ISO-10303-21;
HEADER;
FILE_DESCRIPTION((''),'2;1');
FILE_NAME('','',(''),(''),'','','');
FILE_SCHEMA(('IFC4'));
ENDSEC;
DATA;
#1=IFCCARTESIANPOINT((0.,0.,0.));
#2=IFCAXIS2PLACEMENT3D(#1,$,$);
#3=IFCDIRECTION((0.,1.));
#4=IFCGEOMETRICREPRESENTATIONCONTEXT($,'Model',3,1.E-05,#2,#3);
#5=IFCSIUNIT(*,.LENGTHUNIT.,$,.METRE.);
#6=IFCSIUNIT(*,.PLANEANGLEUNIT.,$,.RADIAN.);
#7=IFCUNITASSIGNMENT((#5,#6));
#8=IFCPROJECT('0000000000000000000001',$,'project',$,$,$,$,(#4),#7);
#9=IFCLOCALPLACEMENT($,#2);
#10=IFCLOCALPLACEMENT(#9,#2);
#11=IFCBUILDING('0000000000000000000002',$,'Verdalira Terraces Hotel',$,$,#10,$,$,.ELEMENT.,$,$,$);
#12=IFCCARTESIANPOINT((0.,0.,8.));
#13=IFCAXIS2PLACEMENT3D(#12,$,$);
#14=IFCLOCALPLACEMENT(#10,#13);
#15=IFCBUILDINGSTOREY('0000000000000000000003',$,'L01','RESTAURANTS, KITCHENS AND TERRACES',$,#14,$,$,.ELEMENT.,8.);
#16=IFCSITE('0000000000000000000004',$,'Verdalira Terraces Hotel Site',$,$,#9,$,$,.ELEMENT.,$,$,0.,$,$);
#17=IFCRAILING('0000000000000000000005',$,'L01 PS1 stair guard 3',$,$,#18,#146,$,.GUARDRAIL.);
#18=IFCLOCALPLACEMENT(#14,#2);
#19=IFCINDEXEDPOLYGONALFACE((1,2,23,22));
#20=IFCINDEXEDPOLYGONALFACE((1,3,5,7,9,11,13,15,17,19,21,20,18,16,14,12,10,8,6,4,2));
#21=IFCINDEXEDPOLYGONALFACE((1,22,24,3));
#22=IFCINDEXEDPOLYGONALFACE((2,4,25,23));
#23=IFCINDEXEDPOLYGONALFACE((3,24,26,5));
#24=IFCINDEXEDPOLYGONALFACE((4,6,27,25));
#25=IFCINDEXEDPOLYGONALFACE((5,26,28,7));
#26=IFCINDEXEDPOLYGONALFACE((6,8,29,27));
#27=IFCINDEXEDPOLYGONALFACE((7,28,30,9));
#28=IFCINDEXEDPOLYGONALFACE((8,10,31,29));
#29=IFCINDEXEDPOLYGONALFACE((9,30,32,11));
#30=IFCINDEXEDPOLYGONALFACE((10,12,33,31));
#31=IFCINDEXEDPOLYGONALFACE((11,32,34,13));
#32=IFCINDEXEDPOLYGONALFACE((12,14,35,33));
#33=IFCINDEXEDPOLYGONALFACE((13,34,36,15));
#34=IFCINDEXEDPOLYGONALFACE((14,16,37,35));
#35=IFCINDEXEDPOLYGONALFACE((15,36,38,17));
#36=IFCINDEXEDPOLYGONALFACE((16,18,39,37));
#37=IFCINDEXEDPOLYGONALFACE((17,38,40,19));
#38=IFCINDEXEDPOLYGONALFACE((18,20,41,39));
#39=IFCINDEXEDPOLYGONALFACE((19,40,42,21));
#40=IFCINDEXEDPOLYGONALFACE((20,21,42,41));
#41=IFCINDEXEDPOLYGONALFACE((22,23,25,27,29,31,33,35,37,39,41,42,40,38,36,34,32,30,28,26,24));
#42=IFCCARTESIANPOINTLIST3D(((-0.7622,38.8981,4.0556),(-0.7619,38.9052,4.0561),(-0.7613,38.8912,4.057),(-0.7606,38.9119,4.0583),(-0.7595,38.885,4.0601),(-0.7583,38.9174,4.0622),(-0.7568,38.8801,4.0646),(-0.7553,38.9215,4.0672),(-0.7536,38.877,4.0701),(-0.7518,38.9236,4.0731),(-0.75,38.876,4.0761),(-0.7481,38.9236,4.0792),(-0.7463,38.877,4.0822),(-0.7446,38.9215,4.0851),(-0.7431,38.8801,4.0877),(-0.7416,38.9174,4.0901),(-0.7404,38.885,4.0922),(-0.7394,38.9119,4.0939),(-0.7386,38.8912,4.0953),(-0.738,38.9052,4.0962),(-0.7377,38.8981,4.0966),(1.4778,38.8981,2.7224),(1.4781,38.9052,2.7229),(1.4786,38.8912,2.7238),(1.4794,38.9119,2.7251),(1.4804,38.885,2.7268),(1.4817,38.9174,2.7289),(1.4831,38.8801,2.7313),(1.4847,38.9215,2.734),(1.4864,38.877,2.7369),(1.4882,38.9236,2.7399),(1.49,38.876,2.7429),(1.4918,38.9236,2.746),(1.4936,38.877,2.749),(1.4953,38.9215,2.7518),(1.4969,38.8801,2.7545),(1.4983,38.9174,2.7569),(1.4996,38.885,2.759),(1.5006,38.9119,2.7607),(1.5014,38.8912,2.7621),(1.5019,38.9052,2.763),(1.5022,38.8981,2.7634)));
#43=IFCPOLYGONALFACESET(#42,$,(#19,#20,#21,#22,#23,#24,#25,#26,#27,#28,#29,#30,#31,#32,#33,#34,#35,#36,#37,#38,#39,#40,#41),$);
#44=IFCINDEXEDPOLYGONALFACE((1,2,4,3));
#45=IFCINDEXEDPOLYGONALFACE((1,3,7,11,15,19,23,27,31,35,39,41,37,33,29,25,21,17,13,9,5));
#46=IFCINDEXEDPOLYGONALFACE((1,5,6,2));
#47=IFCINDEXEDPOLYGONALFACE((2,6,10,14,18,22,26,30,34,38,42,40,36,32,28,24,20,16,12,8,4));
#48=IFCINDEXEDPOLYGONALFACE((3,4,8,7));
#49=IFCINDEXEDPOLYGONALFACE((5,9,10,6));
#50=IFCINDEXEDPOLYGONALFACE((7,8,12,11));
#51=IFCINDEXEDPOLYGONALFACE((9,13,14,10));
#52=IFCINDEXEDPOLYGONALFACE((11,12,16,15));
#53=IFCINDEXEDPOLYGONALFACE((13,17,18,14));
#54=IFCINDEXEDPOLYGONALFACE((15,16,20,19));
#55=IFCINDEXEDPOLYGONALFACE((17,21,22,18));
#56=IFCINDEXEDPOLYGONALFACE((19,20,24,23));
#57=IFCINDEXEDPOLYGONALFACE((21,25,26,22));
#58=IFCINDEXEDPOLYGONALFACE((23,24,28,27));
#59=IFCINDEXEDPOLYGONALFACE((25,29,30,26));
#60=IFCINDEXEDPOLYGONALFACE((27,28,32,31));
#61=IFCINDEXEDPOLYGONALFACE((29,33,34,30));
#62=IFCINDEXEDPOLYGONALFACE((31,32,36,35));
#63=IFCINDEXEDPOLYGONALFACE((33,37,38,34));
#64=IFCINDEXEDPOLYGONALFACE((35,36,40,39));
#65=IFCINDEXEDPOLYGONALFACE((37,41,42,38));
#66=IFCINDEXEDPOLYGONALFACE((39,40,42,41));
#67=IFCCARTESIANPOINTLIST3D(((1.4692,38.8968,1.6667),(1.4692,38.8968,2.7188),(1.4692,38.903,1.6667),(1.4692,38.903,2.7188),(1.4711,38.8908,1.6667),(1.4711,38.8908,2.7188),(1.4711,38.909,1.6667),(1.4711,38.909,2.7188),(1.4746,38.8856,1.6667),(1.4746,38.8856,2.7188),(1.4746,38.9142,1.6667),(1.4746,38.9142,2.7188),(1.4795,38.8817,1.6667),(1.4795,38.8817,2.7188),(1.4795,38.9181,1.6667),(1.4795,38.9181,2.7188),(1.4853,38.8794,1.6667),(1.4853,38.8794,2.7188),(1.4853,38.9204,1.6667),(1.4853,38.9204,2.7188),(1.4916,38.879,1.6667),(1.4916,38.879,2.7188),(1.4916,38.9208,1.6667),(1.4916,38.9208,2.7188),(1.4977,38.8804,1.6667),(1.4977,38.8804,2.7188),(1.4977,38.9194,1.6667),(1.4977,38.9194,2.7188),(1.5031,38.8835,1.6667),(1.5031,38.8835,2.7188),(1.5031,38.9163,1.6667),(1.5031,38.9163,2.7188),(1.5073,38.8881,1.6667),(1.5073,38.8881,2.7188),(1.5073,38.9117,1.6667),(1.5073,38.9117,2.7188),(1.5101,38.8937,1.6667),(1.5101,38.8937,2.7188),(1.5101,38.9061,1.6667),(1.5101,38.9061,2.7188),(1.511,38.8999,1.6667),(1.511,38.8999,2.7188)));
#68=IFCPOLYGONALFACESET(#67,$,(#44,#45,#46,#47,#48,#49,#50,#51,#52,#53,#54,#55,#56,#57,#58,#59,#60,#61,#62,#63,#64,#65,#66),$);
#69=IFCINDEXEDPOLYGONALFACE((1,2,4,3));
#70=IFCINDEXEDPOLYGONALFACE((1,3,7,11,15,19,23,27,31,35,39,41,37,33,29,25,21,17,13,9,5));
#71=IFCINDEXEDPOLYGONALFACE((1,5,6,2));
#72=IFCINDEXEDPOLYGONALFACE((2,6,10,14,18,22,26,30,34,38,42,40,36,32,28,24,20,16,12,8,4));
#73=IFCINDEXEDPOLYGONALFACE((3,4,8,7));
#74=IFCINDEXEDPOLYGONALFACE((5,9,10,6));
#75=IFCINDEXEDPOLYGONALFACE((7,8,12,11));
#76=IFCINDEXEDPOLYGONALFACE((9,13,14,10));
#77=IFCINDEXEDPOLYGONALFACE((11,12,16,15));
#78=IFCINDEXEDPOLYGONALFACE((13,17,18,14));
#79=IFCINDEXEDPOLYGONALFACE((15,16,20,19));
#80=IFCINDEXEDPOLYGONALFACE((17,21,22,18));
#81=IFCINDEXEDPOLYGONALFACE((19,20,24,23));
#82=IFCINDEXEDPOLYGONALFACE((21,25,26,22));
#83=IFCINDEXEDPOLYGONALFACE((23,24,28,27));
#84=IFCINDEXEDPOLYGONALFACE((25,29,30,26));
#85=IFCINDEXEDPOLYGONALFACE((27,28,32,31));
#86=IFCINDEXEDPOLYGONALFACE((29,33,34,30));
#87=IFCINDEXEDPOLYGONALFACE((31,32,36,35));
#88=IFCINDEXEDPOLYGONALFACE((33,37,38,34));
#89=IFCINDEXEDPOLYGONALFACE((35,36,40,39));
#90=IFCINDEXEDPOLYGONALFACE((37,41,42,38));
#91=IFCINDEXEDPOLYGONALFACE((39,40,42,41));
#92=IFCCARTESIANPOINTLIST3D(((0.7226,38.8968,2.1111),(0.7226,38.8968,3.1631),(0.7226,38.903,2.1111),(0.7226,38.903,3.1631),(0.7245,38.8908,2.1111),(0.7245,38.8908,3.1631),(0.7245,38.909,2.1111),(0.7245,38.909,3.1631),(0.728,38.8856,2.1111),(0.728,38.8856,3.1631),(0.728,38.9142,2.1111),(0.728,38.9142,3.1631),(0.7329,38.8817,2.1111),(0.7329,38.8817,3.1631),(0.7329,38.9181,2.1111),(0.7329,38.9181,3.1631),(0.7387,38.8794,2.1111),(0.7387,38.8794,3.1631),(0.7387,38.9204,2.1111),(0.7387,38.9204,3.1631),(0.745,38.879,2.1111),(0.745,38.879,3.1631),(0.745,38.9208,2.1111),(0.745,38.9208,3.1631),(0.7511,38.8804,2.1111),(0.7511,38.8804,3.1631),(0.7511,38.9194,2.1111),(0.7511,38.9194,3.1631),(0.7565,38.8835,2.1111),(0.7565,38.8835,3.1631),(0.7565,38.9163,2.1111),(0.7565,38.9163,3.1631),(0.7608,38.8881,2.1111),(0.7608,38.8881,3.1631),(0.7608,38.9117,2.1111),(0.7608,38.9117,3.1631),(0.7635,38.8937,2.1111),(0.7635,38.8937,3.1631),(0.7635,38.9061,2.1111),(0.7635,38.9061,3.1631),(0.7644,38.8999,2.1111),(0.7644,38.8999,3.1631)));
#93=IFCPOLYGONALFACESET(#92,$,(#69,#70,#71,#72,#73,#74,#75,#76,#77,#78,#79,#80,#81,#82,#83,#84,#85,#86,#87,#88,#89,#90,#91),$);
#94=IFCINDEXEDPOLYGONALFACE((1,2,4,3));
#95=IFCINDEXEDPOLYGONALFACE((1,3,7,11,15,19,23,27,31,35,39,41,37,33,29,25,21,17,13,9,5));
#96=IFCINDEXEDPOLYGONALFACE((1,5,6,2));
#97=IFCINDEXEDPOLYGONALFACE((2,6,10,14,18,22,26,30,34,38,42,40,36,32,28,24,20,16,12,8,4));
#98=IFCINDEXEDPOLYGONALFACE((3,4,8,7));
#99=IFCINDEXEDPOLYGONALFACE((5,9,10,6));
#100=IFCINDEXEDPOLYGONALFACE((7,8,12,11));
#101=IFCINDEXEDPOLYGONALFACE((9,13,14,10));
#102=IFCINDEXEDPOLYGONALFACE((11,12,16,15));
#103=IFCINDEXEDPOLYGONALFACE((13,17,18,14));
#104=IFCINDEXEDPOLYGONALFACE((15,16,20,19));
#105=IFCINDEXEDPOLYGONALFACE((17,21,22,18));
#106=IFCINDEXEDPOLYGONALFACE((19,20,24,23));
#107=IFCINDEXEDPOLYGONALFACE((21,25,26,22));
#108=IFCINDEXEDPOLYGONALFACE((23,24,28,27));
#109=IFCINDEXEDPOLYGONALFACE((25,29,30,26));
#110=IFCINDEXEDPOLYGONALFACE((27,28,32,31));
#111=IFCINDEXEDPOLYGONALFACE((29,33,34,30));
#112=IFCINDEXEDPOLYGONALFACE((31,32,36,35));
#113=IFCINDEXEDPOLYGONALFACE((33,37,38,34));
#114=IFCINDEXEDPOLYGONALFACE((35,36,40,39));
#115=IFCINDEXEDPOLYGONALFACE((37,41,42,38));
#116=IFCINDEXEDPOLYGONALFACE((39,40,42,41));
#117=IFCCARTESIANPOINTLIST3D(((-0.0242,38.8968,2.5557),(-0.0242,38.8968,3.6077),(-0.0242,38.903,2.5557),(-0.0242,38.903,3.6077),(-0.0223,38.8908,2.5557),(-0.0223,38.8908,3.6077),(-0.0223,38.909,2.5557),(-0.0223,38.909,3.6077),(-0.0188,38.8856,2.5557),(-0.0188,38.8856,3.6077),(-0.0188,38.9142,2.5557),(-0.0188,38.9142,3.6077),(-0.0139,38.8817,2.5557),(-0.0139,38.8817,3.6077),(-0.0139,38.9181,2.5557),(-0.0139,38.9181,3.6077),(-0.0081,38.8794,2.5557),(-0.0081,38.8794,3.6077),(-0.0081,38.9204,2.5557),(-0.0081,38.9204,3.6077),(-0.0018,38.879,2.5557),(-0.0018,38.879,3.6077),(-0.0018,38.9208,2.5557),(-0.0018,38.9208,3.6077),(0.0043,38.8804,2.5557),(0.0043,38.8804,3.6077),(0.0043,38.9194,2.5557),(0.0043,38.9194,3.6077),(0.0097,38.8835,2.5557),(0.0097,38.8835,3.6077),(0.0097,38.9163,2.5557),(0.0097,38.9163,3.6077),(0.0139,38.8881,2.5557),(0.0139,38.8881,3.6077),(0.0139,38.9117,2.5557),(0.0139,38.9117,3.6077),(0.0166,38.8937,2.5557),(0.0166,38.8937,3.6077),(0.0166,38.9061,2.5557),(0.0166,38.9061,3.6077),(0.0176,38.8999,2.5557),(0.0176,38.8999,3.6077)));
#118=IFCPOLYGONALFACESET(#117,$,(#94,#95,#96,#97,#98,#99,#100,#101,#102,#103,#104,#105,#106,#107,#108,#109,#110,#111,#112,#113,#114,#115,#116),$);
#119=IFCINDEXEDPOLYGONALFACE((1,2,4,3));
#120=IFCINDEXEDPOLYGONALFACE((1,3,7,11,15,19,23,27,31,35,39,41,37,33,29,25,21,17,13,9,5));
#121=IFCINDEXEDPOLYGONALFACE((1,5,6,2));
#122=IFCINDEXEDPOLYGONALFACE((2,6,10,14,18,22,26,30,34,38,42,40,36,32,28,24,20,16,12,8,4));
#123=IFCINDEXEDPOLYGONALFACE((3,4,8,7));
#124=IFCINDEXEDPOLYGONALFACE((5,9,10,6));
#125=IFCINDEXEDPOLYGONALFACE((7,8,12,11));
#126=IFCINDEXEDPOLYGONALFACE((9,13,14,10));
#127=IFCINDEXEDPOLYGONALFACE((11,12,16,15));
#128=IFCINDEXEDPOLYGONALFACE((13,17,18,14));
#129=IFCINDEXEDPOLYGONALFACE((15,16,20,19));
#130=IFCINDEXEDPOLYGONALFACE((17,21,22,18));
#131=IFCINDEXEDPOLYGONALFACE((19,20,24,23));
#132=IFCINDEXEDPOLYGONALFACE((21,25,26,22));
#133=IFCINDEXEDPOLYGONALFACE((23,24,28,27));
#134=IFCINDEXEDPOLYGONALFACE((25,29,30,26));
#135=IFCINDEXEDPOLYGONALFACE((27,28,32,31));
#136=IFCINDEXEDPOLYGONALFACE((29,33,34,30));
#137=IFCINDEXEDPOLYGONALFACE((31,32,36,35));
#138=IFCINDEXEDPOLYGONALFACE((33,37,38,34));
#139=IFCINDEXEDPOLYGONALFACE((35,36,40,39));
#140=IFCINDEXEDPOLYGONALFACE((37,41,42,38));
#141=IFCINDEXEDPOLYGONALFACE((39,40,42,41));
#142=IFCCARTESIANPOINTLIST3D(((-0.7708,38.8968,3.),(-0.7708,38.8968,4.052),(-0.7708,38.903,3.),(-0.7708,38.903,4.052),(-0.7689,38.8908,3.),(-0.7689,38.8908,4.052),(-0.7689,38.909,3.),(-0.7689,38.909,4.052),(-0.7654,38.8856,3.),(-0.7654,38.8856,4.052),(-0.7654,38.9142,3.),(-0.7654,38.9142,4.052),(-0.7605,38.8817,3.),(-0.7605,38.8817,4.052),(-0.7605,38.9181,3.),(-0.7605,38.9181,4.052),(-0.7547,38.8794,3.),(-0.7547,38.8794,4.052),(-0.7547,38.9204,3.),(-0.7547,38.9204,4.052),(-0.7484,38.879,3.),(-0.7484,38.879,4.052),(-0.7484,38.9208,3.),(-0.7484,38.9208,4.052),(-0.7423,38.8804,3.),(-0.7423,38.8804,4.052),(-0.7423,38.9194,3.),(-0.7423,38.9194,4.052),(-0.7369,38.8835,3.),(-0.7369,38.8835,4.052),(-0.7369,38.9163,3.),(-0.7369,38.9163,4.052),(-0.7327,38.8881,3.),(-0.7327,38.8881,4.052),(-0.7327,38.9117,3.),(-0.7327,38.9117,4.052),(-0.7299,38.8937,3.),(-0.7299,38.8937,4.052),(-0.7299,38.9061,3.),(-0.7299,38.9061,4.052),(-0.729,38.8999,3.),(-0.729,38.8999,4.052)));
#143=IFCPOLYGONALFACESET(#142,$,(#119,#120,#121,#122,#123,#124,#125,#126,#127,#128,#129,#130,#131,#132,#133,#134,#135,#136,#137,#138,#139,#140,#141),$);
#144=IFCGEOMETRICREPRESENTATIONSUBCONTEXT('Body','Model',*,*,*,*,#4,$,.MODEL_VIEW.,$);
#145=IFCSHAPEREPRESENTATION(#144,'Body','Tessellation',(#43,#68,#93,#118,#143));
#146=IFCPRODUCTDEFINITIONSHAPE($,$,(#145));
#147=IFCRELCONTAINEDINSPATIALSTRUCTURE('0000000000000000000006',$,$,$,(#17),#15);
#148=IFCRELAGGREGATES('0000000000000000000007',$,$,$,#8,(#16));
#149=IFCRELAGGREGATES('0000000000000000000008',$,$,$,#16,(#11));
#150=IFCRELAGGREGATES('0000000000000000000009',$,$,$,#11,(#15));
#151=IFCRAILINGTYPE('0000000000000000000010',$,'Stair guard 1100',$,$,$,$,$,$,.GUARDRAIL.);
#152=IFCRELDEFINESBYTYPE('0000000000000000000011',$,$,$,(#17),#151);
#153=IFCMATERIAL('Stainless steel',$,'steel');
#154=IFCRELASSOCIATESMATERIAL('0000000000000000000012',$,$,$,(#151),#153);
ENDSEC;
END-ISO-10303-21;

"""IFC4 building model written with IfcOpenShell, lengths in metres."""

from ifc_helpers import new_model, si_unit, direction, frame, origin, origin_2d, place, context, subcontext, project, spatial, circle, extrude, material, type_object, element, save


model = new_model("IFC4")

# Units and contexts
model_context = context("Model", 3, precision=1e-05, world=origin(), true_north=direction((0.0, 1.0)))
body_context = subcontext(model_context, "Body", "Model", "MODEL_VIEW")
ifc_project = project(units=[si_unit("LENGTHUNIT", "METRE"), si_unit("PLANEANGLEUNIT", "RADIAN")], contexts=[model_context])

# Site, building, storey
site_placement = place(None, origin())
site = spatial("IfcSite", under=ifc_project, at=site_placement, Name="Verdalira Terraces Hotel Site", CompositionType="ELEMENT", RefElevation=0.0)
building_placement = place(site_placement, origin())
building = spatial("IfcBuilding", under=site, at=building_placement, Name="Verdalira Terraces Hotel", CompositionType="ELEMENT")
storey_placement = place(building_placement, frame((0.0, 0.0, 8.0)))
storey = spatial("IfcBuildingStorey", under=building, at=storey_placement, Name="L01", Description="RESTAURANTS, KITCHENS AND TERRACES", CompositionType="ELEMENT", Elevation=8.0)

# Railing
ifc_material_1 = material(Name="Stainless steel", Category="steel")
railing_type_1 = type_object("IfcRailingType", Name="Stair guard 1100", PredefinedType="GUARDRAIL", material=ifc_material_1)
railing_1_placement = place(storey_placement, frame((1.49, 38.8999, 1.6667)))
element("IfcRailing", 1, at=railing_1_placement, inside=storey, type_object=railing_type_1, Name="L01 PS1 stair guard 3", PredefinedType="GUARDRAIL", context=body_context, shape_type="SweptSolid", body=[
    extrude(circle(Radius=0.0239, at=origin_2d()), frame((0.0, 0.0, 1.0762), z_axis=(-0.859306, 0.0, 0.511462), x_axis=(0.0, -1.0, 0.0)), (0.0, 0.0, 1.0), 2.6067),
    extrude(circle(Radius=0.021, at=origin_2d()), origin(), (0.0, 0.0, 1.0), 1.052),
    extrude(circle(Radius=0.021, at=origin_2d()), frame((-0.7466, 0.0, 0.4443)), (0.0, 0.0, 1.0), 1.052),
    extrude(circle(Radius=0.021, at=origin_2d()), frame((-1.4934, 0.0, 0.8889)), (0.0, 0.0, 1.0), 1.052),
    extrude(circle(Radius=0.021, at=origin_2d()), frame((-2.24, 0.0, 1.3333)), (0.0, 0.0, 1.0), 1.052),
])

save(model, "model.ifc")
